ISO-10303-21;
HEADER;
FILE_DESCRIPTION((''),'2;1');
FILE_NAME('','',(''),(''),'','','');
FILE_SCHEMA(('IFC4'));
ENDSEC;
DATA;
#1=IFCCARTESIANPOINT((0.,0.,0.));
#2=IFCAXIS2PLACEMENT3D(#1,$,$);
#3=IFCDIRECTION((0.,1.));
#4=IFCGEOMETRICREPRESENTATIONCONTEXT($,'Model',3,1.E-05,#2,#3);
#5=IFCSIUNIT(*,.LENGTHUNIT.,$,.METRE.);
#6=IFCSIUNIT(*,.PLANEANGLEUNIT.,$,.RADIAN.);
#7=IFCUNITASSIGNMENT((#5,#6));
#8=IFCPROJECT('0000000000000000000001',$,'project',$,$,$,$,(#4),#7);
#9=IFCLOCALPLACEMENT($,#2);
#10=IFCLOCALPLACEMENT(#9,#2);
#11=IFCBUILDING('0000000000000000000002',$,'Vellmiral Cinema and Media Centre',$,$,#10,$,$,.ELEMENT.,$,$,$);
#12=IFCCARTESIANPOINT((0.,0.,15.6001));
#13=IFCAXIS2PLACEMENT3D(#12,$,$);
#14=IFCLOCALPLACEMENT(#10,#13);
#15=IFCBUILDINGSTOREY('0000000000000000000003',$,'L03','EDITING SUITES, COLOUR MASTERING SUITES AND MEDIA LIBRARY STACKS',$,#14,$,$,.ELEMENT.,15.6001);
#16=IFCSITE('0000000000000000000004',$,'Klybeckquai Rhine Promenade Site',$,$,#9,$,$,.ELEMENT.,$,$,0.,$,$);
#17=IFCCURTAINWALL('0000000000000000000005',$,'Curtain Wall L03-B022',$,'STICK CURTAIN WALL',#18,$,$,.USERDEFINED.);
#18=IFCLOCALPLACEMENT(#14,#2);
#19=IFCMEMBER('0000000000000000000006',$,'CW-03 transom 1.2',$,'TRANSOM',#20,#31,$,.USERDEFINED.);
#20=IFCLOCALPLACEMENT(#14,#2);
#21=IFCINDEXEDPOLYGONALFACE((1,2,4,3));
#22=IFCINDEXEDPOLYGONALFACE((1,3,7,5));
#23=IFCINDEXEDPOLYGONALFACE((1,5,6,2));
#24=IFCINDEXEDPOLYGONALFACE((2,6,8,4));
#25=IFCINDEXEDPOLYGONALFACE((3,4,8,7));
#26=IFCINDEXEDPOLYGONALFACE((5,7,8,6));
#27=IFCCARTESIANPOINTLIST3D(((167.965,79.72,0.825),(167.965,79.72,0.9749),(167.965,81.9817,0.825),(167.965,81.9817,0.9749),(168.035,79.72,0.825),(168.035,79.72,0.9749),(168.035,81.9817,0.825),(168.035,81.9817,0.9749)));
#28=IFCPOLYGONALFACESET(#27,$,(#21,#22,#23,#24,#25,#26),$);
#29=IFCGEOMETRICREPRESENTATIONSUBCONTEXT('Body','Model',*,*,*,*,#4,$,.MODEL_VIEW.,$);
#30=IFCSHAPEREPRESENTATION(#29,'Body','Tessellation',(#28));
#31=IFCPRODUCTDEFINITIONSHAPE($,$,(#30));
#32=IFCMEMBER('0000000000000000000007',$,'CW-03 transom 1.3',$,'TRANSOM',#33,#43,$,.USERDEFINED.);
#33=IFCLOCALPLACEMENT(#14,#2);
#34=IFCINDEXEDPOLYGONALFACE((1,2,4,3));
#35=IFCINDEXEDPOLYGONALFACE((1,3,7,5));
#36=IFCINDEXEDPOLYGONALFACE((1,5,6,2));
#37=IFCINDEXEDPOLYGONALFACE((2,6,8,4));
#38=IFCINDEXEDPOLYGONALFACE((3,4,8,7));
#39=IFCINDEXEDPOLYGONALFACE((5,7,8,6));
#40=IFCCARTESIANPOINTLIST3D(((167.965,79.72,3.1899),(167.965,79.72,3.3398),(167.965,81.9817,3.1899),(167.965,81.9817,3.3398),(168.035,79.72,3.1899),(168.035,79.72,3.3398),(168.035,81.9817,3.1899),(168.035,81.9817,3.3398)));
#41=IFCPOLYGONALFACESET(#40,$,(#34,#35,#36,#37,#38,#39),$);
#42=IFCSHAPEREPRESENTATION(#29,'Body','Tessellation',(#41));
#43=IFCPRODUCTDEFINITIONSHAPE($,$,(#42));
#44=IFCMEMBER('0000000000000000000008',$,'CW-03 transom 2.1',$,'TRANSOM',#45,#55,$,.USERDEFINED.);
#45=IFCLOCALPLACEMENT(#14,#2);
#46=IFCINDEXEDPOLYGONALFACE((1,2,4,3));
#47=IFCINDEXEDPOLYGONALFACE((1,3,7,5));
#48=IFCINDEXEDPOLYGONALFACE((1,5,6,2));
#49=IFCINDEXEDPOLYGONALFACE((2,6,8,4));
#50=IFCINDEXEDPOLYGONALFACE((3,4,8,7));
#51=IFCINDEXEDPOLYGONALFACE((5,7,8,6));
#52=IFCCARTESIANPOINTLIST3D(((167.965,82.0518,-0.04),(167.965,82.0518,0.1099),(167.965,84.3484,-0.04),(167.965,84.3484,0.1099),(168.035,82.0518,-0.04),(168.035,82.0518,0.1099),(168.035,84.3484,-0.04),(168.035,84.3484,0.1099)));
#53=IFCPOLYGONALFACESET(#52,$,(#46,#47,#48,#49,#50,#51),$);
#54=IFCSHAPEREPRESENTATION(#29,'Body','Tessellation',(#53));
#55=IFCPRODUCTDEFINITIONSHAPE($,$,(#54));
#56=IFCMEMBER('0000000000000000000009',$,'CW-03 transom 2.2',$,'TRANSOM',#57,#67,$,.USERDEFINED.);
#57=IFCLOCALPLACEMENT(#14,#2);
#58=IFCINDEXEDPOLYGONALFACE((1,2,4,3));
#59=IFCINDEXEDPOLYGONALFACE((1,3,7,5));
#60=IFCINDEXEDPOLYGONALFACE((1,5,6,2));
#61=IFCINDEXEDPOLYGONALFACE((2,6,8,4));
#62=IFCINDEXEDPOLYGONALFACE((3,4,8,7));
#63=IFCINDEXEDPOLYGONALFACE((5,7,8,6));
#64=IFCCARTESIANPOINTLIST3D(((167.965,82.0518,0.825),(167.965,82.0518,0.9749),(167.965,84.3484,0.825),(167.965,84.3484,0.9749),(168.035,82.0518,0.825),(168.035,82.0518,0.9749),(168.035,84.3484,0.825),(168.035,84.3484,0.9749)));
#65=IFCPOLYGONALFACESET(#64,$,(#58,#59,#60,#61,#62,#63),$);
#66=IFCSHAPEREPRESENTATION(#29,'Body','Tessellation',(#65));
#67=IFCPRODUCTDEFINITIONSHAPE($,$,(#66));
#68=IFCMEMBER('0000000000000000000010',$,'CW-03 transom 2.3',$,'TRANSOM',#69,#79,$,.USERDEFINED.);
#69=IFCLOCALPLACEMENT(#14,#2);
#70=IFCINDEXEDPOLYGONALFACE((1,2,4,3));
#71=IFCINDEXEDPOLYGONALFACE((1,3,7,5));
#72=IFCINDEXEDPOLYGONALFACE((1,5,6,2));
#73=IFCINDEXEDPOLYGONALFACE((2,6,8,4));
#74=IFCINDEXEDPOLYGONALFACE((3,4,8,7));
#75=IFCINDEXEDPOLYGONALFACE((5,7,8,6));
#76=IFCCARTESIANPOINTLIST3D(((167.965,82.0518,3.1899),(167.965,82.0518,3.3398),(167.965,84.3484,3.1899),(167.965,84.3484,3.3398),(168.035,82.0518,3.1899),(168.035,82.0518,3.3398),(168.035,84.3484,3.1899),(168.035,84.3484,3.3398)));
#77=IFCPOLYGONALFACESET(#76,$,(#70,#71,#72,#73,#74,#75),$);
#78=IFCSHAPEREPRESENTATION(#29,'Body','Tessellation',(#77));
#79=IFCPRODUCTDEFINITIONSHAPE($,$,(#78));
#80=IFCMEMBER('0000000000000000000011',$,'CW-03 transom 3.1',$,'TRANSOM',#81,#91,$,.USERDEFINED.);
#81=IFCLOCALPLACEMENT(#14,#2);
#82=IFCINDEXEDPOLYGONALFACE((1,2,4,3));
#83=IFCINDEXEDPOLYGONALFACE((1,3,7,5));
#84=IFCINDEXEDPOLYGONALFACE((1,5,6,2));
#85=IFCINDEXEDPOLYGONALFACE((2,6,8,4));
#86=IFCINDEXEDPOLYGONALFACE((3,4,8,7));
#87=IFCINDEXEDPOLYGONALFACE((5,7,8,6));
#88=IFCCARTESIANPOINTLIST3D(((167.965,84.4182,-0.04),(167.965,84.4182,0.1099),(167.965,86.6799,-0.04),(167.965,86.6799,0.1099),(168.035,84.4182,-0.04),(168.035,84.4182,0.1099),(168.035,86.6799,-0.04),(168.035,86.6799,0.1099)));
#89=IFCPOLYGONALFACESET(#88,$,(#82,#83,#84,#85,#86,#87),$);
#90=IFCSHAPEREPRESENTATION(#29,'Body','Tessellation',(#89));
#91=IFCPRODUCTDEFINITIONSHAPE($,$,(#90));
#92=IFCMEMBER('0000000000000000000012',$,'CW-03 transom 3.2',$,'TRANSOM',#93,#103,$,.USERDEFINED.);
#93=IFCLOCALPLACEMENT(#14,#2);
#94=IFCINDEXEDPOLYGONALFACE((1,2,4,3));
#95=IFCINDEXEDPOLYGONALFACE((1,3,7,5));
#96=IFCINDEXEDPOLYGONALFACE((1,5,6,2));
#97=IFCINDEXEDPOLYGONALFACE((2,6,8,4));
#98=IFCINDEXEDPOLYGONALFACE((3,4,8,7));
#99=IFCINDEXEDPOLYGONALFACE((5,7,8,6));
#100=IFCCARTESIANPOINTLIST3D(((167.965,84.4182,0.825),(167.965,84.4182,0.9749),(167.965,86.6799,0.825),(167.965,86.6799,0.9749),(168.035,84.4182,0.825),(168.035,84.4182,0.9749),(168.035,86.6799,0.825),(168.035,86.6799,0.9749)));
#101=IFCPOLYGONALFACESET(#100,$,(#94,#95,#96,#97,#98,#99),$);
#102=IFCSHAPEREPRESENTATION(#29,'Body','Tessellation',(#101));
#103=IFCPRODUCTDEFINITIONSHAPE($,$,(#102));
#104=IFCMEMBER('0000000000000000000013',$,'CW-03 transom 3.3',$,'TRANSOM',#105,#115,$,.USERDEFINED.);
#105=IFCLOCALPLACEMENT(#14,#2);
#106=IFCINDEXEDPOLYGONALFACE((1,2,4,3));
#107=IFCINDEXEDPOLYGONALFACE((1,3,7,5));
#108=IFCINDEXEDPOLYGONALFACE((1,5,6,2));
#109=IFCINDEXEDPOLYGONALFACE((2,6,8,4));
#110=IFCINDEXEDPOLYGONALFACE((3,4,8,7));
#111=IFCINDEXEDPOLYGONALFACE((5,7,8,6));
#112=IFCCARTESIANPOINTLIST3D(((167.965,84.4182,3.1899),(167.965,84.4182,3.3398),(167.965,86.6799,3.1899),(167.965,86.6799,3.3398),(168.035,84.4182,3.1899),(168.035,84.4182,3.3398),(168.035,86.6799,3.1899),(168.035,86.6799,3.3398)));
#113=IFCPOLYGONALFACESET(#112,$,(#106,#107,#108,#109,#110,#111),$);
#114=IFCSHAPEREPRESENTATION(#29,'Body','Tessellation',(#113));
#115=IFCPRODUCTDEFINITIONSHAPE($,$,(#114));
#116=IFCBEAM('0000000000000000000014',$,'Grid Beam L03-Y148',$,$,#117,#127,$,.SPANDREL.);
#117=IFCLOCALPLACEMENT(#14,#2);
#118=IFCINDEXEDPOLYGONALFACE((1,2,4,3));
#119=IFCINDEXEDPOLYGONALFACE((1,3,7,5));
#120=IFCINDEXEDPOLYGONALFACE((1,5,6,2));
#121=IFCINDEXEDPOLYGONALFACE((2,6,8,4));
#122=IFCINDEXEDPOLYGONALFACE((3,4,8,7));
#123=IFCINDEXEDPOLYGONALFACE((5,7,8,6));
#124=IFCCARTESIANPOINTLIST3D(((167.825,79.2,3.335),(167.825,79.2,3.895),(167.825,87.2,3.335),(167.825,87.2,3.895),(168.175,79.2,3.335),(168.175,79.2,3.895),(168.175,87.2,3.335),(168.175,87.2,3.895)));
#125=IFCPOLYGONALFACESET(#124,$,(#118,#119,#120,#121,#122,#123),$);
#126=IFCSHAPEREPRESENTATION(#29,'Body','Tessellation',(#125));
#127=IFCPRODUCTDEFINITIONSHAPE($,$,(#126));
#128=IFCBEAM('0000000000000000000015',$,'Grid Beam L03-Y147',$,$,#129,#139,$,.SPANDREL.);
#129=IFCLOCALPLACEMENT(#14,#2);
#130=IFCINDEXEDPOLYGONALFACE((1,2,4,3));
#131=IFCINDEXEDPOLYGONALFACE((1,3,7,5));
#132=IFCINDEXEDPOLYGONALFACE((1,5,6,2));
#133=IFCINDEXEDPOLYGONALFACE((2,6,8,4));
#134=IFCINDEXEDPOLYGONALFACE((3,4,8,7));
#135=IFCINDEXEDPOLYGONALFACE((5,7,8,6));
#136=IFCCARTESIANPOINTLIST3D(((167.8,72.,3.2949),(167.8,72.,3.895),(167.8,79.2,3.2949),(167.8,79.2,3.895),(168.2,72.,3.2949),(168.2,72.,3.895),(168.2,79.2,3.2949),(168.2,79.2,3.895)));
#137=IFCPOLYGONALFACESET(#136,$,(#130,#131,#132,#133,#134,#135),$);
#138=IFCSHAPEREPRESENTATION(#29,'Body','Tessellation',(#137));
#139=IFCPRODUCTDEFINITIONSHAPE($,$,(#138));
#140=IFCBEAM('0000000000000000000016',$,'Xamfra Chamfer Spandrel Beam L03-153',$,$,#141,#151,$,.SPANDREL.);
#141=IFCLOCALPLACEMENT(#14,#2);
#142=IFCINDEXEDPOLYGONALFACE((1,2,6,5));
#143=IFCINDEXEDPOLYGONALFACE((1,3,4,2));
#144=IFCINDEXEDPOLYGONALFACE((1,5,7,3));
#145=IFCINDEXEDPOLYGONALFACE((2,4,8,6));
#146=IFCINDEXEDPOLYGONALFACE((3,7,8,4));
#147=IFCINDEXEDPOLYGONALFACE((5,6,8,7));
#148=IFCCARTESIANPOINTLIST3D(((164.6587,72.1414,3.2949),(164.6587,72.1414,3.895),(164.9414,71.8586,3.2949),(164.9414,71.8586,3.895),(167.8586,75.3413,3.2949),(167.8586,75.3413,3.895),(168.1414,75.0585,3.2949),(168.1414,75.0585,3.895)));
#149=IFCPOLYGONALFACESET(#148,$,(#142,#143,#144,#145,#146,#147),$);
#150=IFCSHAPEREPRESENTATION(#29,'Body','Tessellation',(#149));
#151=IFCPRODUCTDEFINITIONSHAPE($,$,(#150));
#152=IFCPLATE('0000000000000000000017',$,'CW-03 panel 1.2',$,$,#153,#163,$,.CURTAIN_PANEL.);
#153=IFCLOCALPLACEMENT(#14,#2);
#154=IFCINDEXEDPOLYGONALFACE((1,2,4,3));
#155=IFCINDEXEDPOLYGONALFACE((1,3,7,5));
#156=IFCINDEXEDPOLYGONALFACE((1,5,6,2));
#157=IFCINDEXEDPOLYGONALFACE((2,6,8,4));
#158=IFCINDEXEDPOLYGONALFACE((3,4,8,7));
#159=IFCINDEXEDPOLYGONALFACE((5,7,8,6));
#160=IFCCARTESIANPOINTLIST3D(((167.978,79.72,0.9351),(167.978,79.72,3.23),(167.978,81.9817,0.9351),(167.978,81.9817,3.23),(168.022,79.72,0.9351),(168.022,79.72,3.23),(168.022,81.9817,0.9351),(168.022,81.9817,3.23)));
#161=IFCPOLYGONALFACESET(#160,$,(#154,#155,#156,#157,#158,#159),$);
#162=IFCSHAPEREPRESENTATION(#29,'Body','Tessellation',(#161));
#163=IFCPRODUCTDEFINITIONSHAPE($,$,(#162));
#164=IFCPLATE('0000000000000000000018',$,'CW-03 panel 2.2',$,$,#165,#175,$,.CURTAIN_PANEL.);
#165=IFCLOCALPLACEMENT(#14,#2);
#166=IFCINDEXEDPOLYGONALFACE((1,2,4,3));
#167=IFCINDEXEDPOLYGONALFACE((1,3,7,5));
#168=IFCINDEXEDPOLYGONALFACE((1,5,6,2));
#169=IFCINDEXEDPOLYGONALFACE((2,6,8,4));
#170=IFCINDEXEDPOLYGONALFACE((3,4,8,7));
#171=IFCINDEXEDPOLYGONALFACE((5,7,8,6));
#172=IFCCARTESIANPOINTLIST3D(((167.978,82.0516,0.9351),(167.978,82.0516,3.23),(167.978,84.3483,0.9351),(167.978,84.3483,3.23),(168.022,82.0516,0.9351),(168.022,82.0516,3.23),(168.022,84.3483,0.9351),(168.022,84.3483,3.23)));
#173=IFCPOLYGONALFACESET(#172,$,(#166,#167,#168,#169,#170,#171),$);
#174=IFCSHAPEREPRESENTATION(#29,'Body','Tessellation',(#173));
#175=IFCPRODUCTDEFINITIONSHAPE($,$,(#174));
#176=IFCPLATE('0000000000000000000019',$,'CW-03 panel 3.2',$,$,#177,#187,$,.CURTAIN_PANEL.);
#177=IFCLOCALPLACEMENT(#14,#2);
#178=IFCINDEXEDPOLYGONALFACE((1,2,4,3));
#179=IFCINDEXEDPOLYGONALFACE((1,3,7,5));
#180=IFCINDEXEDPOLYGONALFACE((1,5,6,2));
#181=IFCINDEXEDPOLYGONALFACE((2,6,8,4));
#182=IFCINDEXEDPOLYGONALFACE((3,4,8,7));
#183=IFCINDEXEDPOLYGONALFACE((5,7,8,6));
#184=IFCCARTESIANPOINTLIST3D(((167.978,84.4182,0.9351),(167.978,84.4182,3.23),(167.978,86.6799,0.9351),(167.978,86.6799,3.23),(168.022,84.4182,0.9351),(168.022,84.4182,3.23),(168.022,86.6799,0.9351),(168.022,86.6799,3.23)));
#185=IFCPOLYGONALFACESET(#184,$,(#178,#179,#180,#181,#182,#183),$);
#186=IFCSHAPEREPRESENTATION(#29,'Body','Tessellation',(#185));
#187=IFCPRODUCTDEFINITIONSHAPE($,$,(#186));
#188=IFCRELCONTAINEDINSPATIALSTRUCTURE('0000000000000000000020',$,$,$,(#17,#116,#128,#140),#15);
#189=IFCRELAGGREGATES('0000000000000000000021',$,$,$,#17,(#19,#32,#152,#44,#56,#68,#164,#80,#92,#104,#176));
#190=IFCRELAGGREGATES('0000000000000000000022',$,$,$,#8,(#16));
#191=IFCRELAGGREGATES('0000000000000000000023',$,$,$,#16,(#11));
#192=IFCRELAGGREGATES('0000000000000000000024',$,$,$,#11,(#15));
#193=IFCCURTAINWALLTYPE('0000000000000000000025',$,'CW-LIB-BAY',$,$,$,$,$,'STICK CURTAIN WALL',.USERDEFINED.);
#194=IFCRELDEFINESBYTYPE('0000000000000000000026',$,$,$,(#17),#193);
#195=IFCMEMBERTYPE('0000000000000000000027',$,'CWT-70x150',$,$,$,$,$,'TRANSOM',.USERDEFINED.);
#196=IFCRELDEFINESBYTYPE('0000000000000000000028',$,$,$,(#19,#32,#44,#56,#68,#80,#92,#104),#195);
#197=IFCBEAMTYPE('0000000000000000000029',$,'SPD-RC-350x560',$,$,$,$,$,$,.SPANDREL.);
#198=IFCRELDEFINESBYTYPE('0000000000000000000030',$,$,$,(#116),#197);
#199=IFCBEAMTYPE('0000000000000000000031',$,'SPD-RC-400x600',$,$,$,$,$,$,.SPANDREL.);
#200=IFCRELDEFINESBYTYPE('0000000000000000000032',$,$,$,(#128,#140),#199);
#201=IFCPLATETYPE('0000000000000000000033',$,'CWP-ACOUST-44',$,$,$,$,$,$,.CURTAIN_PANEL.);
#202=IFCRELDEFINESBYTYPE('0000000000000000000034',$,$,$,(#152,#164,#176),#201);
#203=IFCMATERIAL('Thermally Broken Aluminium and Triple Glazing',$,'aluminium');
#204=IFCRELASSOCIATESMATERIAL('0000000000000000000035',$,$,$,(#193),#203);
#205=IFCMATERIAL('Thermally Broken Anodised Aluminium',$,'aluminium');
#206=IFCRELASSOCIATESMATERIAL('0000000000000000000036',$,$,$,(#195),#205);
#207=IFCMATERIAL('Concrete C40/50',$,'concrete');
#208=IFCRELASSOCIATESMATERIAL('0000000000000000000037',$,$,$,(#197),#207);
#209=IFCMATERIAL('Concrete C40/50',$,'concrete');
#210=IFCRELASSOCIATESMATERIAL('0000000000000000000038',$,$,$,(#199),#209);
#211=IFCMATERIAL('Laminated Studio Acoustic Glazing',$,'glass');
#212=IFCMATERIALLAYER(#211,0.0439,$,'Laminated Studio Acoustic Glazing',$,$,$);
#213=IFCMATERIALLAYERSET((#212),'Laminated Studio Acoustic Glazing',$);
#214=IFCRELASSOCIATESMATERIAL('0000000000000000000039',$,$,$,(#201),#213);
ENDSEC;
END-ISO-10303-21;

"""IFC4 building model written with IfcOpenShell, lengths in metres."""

from ifc_helpers import new_model, si_unit, direction, frame, origin, origin_2d, place, context, subcontext, project, spatial, rectangle, extrude, material, layer, layer_set, material_profile, profile_set, type_object, element, aggregate, save


model = new_model("IFC4")

# Units and contexts
model_context = context("Model", 3, precision=1e-05, world=origin(), true_north=direction((0.0, 1.0)))
body_context = subcontext(model_context, "Body", "Model", "MODEL_VIEW")
ifc_project = project(units=[si_unit("LENGTHUNIT", "METRE"), si_unit("PLANEANGLEUNIT", "RADIAN")], contexts=[model_context])

# Site, building, storey
site_placement = place(None, origin())
site = spatial("IfcSite", under=ifc_project, at=site_placement, Name="Klybeckquai Rhine Promenade Site", CompositionType="ELEMENT", RefElevation=0.0)
building_placement = place(site_placement, origin())
building = spatial("IfcBuilding", under=site, at=building_placement, Name="Vellmiral Cinema and Media Centre", CompositionType="ELEMENT")
storey_placement = place(building_placement, frame((0.0, 0.0, 15.6001)))
storey = spatial("IfcBuildingStorey", under=building, at=storey_placement, Name="L03", Description="EDITING SUITES, COLOUR MASTERING SUITES AND MEDIA LIBRARY STACKS", CompositionType="ELEMENT", Elevation=15.6001)

# Curtain wall, members
ifc_material_1 = material(Name="Thermally Broken Aluminium and Triple Glazing", Category="aluminium")
curtain_wall_type = type_object("IfcCurtainWallType", Name="CW-LIB-BAY", ElementType="STICK CURTAIN WALL", PredefinedType="USERDEFINED", material=ifc_material_1)
curtain_wall_placement = place(storey_placement, origin())
curtain_wall = element("IfcCurtainWall", 1, at=curtain_wall_placement, inside=storey, type_object=curtain_wall_type, Name="Curtain Wall L03-B022", ObjectType="STICK CURTAIN WALL", PredefinedType="USERDEFINED")
ifc_material_2 = material(Name="Thermally Broken Anodised Aluminium", Category="aluminium")
ifc_material_profile_1 = material_profile(ifc_material_2, rectangle(XDim=0.0701, YDim=0.1499, at=origin_2d()), Name="MULL 70x150")
ifc_profile_set_1 = profile_set([ifc_material_profile_1], Name="Thermally Broken Anodised Aluminium")
member_type_1 = type_object("IfcMemberType", Name="CWT-70x150", ElementType="TRANSOM", PredefinedType="USERDEFINED", material=ifc_profile_set_1)
member_1_placement = place(storey_placement, frame((168.0, 79.72, 0.8999), z_axis=(0.0, 1.0, 0.0), x_axis=(-1.0, 0.0, 0.0)))
member_1 = element("IfcMember", 2, at=member_1_placement, type_object=member_type_1, Name="CW-03 transom 1.2", ObjectType="TRANSOM", PredefinedType="USERDEFINED", context=body_context, shape_type="SweptSolid", body=[
    extrude(rectangle(XDim=0.0701, YDim=0.1499, at=origin_2d()), origin(), (0.0, 0.0, 1.0), 2.2617),
])
member_2_placement = place(storey_placement, frame((168.0, 79.72, 3.2649), z_axis=(0.0, 1.0, 0.0), x_axis=(-1.0, 0.0, 0.0)))
member_2 = element("IfcMember", 3, at=member_2_placement, type_object=member_type_1, Name="CW-03 transom 1.3", ObjectType="TRANSOM", PredefinedType="USERDEFINED", context=body_context, shape_type="SweptSolid", body=[
    extrude(rectangle(XDim=0.0701, YDim=0.1499, at=origin_2d()), origin(), (0.0, 0.0, 1.0), 2.2617),
])
member_3_placement = place(storey_placement, frame((168.0, 82.0518, 0.0349), z_axis=(0.0, 1.0, 0.0), x_axis=(-1.0, 0.0, 0.0)))
member_3 = element("IfcMember", 4, at=member_3_placement, type_object=member_type_1, Name="CW-03 transom 2.1", ObjectType="TRANSOM", PredefinedType="USERDEFINED", context=body_context, shape_type="SweptSolid", body=[
    extrude(rectangle(XDim=0.0701, YDim=0.1499, at=origin_2d()), origin(), (0.0, 0.0, 1.0), 2.2966),
])
member_4_placement = place(storey_placement, frame((168.0, 82.0518, 0.8999), z_axis=(0.0, 1.0, 0.0), x_axis=(-1.0, 0.0, 0.0)))
member_4 = element("IfcMember", 5, at=member_4_placement, type_object=member_type_1, Name="CW-03 transom 2.2", ObjectType="TRANSOM", PredefinedType="USERDEFINED", context=body_context, shape_type="SweptSolid", body=[
    extrude(rectangle(XDim=0.0701, YDim=0.1499, at=origin_2d()), origin(), (0.0, 0.0, 1.0), 2.2966),
])
member_5_placement = place(storey_placement, frame((168.0, 82.0518, 3.2649), z_axis=(0.0, 1.0, 0.0), x_axis=(-1.0, 0.0, 0.0)))
member_5 = element("IfcMember", 6, at=member_5_placement, type_object=member_type_1, Name="CW-03 transom 2.3", ObjectType="TRANSOM", PredefinedType="USERDEFINED", context=body_context, shape_type="SweptSolid", body=[
    extrude(rectangle(XDim=0.0701, YDim=0.1499, at=origin_2d()), origin(), (0.0, 0.0, 1.0), 2.2966),
])
member_6_placement = place(storey_placement, frame((168.0, 84.4182, 0.0349), z_axis=(0.0, 1.0, 0.0), x_axis=(-1.0, 0.0, 0.0)))
member_6 = element("IfcMember", 7, at=member_6_placement, type_object=member_type_1, Name="CW-03 transom 3.1", ObjectType="TRANSOM", PredefinedType="USERDEFINED", context=body_context, shape_type="SweptSolid", body=[
    extrude(rectangle(XDim=0.0701, YDim=0.1499, at=origin_2d()), origin(), (0.0, 0.0, 1.0), 2.2617),
])
member_7_placement = place(storey_placement, frame((168.0, 84.4182, 0.8999), z_axis=(0.0, 1.0, 0.0), x_axis=(-1.0, 0.0, 0.0)))
member_7 = element("IfcMember", 8, at=member_7_placement, type_object=member_type_1, Name="CW-03 transom 3.2", ObjectType="TRANSOM", PredefinedType="USERDEFINED", context=body_context, shape_type="SweptSolid", body=[
    extrude(rectangle(XDim=0.0701, YDim=0.1499, at=origin_2d()), origin(), (0.0, 0.0, 1.0), 2.2617),
])
member_8_placement = place(storey_placement, frame((168.0, 84.4182, 3.2649), z_axis=(0.0, 1.0, 0.0), x_axis=(-1.0, 0.0, 0.0)))
member_8 = element("IfcMember", 9, at=member_8_placement, type_object=member_type_1, Name="CW-03 transom 3.3", ObjectType="TRANSOM", PredefinedType="USERDEFINED", context=body_context, shape_type="SweptSolid", body=[
    extrude(rectangle(XDim=0.0701, YDim=0.1499, at=origin_2d()), origin(), (0.0, 0.0, 1.0), 2.2617),
])

# Beams
ifc_material_3 = material(Name="Concrete C40/50", Category="concrete")
ifc_material_profile_2 = material_profile(ifc_material_3, rectangle(XDim=0.3501, YDim=0.5601, at=origin_2d()), Name="RC 350x560")
ifc_profile_set_2 = profile_set([ifc_material_profile_2], Name="Concrete C40/50")
beam_type_1 = type_object("IfcBeamType", Name="SPD-RC-350x560", PredefinedType="SPANDREL", material=ifc_profile_set_2)
beam_1_placement = place(storey_placement, frame((168.0, 79.2, 3.615), z_axis=(0.0, 1.0, 0.0), x_axis=(-1.0, 0.0, 0.0)))
element("IfcBeam", 10, at=beam_1_placement, inside=storey, type_object=beam_type_1, Name="Grid Beam L03-Y148", PredefinedType="SPANDREL", context=body_context, shape_type="SweptSolid", body=[
    extrude(rectangle(XDim=0.3501, YDim=0.5601, at=origin_2d()), origin(), (0.0, 0.0, 1.0), 8.0),
])
ifc_material_4 = material(Name="Concrete C40/50", Category="concrete")
ifc_material_profile_3 = material_profile(ifc_material_4, rectangle(XDim=0.3999, YDim=0.6001, at=origin_2d()), Name="RC 400x600")
ifc_profile_set_3 = profile_set([ifc_material_profile_3], Name="Concrete C40/50")
beam_type_2 = type_object("IfcBeamType", Name="SPD-RC-400x600", PredefinedType="SPANDREL", material=ifc_profile_set_3)
beam_2_placement = place(storey_placement, frame((168.0, 72.0, 3.595), z_axis=(0.0, 1.0, 0.0), x_axis=(-1.0, 0.0, 0.0)))
element("IfcBeam", 11, at=beam_2_placement, inside=storey, type_object=beam_type_2, Name="Grid Beam L03-Y147", PredefinedType="SPANDREL", context=body_context, shape_type="SweptSolid", body=[
    extrude(rectangle(XDim=0.3999, YDim=0.6001, at=origin_2d()), origin(), (0.0, 0.0, 1.0), 7.2),
])
beam_3_placement = place(storey_placement, frame((164.8, 72.0, 3.595), z_axis=(0.707107, 0.707107, 0.0), x_axis=(-0.707107, 0.707107, 0.0)))
element("IfcBeam", 12, at=beam_3_placement, inside=storey, type_object=beam_type_2, Name="Xamfra Chamfer Spandrel Beam L03-153", PredefinedType="SPANDREL", context=body_context, shape_type="SweptSolid", body=[
    extrude(rectangle(XDim=0.3999, YDim=0.6001, at=origin_2d()), origin(), (0.0, 0.0, 1.0), 4.5254),
])

# Plates
ifc_material_5 = material(Name="Laminated Studio Acoustic Glazing", Category="glass")
ifc_layer_1 = layer(ifc_material_5, 0.0439, Name="Laminated Studio Acoustic Glazing")
ifc_layer_set_1 = layer_set([ifc_layer_1], Name="Laminated Studio Acoustic Glazing")
plate_type_1 = type_object("IfcPlateType", Name="CWP-ACOUST-44", PredefinedType="CURTAIN_PANEL", material=ifc_layer_set_1)
plate_1_placement = place(storey_placement, frame((168.0, 80.8508, 0.9351), z_axis=(0.0, 0.0, 1.0), x_axis=(0.0, 1.0, 0.0)))
plate_1 = element("IfcPlate", 13, at=plate_1_placement, type_object=plate_type_1, Name="CW-03 panel 1.2", PredefinedType="CURTAIN_PANEL", context=body_context, shape_type="SweptSolid", body=[
    extrude(rectangle(XDim=2.2617, YDim=0.0439, at=origin_2d()), origin(), (0.0, 0.0, 1.0), 2.2949),
])
plate_2_placement = place(storey_placement, frame((168.0, 83.2, 0.9351), z_axis=(0.0, 0.0, 1.0), x_axis=(0.0, 1.0, 0.0)))
plate_2 = element("IfcPlate", 14, at=plate_2_placement, type_object=plate_type_1, Name="CW-03 panel 2.2", PredefinedType="CURTAIN_PANEL", context=body_context, shape_type="SweptSolid", body=[
    extrude(rectangle(XDim=2.2966, YDim=0.0439, at=origin_2d()), origin(), (0.0, 0.0, 1.0), 2.2949),
])
plate_3_placement = place(storey_placement, frame((168.0, 85.5491, 0.9351), z_axis=(0.0, 0.0, 1.0), x_axis=(0.0, 1.0, 0.0)))
plate_3 = element("IfcPlate", 15, at=plate_3_placement, type_object=plate_type_1, Name="CW-03 panel 3.2", PredefinedType="CURTAIN_PANEL", context=body_context, shape_type="SweptSolid", body=[
    extrude(rectangle(XDim=2.2617, YDim=0.0439, at=origin_2d()), origin(), (0.0, 0.0, 1.0), 2.2949),
])
aggregate(curtain_wall, [member_1, member_2, plate_1, member_3, member_4, member_5, plate_2, member_6, member_7, member_8, plate_3])

save(model, "model.ifc")
